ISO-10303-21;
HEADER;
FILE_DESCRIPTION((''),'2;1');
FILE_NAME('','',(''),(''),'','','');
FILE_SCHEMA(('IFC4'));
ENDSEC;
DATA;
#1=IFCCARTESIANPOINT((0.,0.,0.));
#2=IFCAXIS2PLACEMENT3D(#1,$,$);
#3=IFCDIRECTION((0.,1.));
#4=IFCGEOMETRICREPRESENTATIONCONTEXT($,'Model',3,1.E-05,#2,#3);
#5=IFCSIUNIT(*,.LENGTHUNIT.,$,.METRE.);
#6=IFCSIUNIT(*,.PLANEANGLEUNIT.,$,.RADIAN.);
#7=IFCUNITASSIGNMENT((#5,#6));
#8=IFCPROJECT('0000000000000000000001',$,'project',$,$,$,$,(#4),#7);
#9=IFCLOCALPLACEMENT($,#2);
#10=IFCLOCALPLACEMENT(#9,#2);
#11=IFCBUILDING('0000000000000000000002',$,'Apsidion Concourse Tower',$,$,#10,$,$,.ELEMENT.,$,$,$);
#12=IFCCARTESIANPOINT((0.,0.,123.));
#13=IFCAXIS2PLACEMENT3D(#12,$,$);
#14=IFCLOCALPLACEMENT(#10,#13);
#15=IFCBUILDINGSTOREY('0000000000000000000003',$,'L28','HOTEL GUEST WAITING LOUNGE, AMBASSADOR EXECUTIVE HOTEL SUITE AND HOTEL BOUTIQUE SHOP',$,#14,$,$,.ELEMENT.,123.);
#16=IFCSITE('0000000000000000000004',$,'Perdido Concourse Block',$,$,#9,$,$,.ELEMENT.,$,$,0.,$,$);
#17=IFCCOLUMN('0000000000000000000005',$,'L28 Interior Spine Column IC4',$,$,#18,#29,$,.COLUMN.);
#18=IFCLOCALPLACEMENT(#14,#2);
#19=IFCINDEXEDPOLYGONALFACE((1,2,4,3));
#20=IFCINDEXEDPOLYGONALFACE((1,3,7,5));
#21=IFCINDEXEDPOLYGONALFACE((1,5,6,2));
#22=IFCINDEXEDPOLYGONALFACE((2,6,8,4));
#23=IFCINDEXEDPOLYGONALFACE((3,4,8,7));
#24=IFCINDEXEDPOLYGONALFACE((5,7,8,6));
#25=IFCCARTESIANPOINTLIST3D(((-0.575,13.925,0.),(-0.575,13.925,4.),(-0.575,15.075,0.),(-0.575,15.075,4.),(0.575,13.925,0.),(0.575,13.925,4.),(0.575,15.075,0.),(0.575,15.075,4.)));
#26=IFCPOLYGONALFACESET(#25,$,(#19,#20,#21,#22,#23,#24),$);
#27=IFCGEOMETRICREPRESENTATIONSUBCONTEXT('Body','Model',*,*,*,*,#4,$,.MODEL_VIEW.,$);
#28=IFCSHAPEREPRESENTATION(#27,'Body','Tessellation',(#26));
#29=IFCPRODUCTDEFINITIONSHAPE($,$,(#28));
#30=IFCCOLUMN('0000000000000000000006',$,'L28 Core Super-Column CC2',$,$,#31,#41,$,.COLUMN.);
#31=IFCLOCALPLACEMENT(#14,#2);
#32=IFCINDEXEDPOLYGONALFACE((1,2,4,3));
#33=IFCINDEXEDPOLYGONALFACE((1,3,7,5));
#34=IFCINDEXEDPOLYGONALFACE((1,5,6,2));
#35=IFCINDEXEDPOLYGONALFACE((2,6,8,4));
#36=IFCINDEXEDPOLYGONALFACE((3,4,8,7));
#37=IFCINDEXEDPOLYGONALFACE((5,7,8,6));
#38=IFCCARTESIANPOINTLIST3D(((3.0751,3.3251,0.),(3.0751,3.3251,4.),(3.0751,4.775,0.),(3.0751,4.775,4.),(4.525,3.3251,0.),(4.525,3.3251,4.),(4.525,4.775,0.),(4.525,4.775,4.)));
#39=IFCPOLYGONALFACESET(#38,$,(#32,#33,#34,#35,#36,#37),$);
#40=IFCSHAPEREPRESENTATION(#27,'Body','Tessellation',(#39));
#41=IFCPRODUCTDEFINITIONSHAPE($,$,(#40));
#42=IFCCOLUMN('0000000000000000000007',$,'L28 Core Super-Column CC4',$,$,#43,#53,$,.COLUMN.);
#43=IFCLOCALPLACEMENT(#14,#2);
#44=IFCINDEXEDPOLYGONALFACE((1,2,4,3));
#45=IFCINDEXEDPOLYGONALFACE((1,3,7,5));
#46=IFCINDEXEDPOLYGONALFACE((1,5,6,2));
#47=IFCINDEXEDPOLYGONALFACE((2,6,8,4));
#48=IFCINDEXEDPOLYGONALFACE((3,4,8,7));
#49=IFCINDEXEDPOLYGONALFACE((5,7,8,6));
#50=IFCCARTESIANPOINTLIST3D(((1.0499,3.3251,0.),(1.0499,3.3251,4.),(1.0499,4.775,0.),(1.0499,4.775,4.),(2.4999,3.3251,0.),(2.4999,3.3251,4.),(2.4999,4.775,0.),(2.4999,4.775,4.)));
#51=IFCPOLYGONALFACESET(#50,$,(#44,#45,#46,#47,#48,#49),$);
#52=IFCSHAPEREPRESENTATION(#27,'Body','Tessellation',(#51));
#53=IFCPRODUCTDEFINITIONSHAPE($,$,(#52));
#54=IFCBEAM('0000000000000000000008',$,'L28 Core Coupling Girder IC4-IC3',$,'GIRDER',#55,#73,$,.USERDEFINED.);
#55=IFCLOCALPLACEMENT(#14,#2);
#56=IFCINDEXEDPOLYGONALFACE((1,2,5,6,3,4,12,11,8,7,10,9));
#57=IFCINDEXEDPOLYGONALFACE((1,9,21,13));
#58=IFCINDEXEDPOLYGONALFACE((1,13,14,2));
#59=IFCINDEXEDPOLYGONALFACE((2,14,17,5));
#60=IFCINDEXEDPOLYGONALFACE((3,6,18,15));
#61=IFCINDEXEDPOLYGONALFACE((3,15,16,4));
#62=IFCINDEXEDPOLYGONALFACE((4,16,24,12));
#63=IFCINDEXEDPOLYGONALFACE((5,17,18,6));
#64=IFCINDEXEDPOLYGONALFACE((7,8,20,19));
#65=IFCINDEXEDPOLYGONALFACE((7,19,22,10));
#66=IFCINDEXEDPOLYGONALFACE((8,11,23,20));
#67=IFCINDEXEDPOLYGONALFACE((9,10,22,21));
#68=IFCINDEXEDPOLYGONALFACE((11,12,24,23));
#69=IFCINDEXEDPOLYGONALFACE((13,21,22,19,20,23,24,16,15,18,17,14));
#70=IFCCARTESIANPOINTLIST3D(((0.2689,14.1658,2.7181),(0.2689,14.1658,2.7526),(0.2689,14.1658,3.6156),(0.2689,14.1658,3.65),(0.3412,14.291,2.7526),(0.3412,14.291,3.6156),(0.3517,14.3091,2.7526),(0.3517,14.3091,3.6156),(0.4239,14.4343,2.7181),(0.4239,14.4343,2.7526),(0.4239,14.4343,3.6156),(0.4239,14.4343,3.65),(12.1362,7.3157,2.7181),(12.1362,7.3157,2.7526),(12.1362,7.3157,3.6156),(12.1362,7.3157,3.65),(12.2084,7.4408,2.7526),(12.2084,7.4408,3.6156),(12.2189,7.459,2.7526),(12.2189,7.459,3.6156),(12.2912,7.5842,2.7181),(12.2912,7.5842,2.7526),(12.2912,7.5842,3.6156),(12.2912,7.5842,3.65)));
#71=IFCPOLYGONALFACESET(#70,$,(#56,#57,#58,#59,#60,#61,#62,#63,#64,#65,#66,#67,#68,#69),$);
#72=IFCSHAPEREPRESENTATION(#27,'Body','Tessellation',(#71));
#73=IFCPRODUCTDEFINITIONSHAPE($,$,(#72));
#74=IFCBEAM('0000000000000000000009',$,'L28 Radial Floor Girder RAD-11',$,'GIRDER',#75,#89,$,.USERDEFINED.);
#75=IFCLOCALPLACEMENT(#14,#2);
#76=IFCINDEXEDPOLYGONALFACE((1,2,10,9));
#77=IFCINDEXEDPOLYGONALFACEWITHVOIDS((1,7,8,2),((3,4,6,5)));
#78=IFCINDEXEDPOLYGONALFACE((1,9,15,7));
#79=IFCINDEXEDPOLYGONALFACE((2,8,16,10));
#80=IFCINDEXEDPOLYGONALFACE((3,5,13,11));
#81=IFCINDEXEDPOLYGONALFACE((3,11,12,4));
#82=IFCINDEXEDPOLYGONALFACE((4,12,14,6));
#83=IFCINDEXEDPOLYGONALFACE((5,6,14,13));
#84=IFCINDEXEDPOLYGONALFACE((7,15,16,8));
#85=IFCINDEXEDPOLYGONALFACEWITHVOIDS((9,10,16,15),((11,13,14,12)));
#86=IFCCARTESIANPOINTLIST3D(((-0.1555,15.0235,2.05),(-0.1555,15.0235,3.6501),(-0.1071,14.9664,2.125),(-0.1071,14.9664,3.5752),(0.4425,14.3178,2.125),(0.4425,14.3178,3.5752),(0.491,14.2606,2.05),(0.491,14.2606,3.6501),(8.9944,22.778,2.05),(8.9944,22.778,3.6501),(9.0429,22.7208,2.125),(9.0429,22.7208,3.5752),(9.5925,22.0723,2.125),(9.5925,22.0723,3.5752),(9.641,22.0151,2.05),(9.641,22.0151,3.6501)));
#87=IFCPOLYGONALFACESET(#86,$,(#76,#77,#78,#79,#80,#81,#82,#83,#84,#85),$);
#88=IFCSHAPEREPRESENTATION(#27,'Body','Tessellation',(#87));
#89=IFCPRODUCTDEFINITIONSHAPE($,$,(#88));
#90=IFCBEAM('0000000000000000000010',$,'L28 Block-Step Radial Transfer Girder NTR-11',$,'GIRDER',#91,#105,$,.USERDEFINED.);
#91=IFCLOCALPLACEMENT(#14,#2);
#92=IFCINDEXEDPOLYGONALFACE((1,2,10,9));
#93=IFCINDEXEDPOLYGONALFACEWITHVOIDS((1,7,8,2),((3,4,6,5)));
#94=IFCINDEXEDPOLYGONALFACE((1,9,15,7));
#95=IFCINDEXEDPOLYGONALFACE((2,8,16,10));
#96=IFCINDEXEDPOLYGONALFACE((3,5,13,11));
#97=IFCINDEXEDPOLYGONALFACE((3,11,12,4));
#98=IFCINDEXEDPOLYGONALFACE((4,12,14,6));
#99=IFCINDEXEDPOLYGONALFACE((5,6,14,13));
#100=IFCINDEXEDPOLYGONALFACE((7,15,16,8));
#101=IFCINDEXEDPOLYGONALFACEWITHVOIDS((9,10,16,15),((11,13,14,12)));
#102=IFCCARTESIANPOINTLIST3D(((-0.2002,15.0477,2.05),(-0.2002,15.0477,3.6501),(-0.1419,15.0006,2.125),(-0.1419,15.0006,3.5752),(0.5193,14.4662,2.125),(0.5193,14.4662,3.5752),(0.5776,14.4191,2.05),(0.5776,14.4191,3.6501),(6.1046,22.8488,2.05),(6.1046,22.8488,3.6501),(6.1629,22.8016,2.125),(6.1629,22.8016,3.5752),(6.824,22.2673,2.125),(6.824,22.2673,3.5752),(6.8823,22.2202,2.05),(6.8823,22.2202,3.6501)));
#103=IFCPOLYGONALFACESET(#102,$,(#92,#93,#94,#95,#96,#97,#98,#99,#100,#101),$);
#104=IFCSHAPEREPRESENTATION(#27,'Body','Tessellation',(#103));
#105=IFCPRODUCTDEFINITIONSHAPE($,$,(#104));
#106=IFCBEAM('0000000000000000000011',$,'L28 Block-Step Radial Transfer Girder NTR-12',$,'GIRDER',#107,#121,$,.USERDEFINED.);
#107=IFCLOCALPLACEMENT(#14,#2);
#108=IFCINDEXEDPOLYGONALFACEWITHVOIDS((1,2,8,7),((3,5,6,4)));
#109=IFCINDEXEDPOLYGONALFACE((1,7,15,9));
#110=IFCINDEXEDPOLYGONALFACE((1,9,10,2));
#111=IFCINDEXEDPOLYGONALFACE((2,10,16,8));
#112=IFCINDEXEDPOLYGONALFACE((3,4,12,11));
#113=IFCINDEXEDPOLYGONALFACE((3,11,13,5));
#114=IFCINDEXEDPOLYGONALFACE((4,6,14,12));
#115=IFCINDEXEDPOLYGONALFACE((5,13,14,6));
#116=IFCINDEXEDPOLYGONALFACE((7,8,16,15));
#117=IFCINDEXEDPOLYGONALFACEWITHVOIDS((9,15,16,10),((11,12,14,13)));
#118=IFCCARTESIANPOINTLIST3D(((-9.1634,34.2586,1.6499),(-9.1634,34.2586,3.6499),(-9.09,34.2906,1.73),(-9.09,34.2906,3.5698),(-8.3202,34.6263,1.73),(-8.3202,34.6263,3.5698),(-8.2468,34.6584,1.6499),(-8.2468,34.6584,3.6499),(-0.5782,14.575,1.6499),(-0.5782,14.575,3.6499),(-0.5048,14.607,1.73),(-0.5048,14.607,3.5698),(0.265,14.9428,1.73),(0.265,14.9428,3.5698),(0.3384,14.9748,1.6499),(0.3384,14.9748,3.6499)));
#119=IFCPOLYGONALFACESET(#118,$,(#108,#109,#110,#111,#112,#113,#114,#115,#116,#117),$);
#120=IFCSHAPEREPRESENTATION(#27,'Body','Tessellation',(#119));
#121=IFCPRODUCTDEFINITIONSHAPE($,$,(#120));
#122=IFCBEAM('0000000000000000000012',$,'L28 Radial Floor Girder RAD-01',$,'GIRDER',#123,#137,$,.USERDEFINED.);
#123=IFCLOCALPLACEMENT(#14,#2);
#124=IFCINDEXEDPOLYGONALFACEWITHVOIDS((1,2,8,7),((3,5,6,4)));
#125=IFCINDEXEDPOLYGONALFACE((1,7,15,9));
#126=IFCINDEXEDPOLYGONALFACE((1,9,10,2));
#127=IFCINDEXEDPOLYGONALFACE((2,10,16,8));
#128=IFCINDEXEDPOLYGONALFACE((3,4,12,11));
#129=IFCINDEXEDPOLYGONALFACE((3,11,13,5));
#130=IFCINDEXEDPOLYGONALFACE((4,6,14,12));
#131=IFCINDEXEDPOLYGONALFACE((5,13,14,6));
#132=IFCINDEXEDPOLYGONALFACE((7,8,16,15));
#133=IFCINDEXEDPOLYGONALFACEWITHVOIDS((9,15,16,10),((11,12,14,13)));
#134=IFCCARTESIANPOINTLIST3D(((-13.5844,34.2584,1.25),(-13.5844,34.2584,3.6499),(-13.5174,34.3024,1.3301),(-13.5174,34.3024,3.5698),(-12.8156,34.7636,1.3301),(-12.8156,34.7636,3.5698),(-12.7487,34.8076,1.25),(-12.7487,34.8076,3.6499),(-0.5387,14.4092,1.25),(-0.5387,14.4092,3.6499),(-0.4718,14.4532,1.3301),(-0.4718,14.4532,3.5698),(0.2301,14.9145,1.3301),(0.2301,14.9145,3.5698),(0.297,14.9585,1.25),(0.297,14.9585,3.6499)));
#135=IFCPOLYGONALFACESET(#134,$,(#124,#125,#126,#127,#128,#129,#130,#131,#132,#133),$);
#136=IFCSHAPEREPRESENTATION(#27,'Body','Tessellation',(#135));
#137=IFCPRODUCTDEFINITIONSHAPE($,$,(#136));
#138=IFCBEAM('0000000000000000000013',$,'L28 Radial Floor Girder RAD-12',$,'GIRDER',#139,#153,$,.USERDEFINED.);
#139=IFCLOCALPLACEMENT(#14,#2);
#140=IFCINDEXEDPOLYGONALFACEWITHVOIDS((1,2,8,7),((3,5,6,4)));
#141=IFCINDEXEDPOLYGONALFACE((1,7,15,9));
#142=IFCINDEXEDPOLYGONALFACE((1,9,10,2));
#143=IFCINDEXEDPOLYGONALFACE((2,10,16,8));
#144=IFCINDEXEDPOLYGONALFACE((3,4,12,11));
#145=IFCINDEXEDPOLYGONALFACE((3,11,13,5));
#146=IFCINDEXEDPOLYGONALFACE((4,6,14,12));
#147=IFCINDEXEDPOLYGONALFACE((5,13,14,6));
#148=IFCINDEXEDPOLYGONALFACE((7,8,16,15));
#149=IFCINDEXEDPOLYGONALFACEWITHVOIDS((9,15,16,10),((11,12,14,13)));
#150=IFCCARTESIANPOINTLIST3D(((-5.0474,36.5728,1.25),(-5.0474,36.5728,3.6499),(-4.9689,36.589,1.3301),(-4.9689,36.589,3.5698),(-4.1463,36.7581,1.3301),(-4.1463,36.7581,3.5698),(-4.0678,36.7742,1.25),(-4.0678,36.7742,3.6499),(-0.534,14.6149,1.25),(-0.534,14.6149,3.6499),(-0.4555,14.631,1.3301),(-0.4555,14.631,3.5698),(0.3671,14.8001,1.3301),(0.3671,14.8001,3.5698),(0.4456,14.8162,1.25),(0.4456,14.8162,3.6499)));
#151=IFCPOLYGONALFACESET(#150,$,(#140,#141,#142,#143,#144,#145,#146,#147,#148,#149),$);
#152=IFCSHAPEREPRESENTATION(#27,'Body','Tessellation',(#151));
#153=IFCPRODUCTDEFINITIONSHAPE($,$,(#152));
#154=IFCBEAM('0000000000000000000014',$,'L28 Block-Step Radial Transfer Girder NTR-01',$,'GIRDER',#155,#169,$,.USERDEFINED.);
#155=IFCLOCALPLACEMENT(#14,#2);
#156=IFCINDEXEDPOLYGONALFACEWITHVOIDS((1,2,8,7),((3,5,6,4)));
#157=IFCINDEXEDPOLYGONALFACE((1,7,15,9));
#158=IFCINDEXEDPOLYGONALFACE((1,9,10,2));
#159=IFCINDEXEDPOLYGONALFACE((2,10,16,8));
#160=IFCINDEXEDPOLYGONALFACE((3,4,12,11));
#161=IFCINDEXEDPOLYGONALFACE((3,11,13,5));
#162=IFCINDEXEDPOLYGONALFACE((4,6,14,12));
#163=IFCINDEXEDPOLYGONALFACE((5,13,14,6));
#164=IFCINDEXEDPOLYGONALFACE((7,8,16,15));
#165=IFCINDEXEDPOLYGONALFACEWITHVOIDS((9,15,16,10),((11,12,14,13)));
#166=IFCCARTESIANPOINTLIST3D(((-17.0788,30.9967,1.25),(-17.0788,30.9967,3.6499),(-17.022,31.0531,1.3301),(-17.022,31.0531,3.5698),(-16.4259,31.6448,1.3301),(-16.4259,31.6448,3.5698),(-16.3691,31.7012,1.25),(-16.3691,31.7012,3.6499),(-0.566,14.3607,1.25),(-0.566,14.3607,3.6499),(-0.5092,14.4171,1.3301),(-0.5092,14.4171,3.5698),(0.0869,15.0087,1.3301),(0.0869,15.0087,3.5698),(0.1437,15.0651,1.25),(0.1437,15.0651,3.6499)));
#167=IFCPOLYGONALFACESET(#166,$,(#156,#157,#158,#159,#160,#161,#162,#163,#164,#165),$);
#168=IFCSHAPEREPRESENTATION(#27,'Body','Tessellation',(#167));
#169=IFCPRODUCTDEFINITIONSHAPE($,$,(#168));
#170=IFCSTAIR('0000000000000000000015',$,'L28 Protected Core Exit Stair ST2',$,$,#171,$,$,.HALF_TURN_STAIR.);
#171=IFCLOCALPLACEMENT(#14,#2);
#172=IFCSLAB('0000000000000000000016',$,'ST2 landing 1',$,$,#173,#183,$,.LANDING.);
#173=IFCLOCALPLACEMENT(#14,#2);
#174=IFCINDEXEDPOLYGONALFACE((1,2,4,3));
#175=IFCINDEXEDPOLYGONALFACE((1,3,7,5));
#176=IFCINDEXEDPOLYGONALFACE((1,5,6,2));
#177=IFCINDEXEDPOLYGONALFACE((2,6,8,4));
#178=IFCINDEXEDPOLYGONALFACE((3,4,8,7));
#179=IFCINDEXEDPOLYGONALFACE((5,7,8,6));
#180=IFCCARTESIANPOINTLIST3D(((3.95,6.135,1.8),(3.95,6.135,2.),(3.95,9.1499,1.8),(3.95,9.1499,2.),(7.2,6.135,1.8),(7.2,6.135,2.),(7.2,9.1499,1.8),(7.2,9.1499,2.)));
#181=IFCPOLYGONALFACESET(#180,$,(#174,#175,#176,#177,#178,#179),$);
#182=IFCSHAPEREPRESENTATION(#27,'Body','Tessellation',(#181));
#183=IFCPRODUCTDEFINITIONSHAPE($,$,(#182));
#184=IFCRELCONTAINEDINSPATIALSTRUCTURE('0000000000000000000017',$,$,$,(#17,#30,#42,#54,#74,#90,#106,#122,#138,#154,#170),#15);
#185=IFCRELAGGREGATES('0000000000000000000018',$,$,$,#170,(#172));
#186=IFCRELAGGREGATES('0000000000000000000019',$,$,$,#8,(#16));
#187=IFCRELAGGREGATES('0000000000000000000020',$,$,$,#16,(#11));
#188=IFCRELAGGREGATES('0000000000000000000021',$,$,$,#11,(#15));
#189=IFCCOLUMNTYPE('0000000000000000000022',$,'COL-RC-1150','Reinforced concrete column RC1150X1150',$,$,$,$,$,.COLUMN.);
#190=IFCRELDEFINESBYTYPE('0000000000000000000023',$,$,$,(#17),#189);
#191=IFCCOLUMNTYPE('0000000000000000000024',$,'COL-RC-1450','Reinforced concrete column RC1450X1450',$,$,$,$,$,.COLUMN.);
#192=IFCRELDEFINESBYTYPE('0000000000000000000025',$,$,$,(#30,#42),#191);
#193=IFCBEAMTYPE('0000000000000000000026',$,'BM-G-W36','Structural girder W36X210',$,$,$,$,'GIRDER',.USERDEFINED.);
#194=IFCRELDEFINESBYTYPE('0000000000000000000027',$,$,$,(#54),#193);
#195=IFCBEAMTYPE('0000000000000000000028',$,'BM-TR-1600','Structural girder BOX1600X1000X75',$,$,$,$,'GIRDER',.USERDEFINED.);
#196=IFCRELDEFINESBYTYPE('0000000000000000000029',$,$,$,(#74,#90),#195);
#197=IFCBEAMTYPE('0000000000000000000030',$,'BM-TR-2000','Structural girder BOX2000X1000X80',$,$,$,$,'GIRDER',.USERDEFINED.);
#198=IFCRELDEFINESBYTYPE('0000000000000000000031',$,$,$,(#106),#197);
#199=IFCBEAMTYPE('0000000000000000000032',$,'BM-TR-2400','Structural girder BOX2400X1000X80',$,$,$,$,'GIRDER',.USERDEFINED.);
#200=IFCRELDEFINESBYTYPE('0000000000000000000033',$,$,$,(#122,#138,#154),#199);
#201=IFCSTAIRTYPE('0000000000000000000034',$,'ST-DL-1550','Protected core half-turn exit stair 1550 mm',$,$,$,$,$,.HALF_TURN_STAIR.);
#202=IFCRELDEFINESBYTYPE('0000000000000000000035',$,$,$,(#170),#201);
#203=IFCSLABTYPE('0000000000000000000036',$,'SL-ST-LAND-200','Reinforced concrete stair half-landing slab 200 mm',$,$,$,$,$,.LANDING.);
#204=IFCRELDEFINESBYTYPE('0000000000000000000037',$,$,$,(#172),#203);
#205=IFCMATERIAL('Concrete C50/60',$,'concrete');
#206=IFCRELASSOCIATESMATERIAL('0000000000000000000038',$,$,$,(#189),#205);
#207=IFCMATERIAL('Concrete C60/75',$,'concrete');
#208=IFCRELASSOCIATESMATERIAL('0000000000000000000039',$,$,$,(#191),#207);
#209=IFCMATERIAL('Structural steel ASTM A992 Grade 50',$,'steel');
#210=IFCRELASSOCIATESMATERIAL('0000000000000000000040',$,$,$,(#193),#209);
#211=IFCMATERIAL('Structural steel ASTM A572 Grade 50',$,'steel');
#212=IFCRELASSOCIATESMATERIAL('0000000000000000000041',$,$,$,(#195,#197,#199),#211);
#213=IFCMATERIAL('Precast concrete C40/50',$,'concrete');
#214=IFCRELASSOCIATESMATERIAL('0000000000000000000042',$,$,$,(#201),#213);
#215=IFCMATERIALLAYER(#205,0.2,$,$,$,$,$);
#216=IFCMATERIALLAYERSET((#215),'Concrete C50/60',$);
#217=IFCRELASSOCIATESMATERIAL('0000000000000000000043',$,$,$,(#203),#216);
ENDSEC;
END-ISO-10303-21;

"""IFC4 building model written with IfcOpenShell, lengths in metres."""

from ifc_helpers import new_model, si_unit, direction, frame, origin, origin_2d, place, context, subcontext, project, spatial, polyline, rectangle, hollow_rectangle, i_section, outline, extrude, material, layer, layer_set, material_profile, profile_set, type_object, element, aggregate, save


model = new_model("IFC4")

# Units and contexts
model_context = context("Model", 3, precision=1e-05, world=origin(), true_north=direction((0.0, 1.0)))
body_context = subcontext(model_context, "Body", "Model", "MODEL_VIEW")
ifc_project = project(units=[si_unit("LENGTHUNIT", "METRE"), si_unit("PLANEANGLEUNIT", "RADIAN")], contexts=[model_context])

# Site, building, storey
site_placement = place(None, origin())
site = spatial("IfcSite", under=ifc_project, at=site_placement, Name="Perdido Concourse Block", CompositionType="ELEMENT", RefElevation=0.0)
building_placement = place(site_placement, origin())
building = spatial("IfcBuilding", under=site, at=building_placement, Name="Apsidion Concourse Tower", CompositionType="ELEMENT")
storey_placement = place(building_placement, frame((0.0, 0.0, 123.0)))
storey = spatial("IfcBuildingStorey", under=building, at=storey_placement, Name="L28", Description="HOTEL GUEST WAITING LOUNGE, AMBASSADOR EXECUTIVE HOTEL SUITE AND HOTEL BOUTIQUE SHOP", CompositionType="ELEMENT", Elevation=123.0)

# Columns
ifc_material_1 = material(Name="Concrete C50/60", Category="concrete")
ifc_material_profile_1 = material_profile(ifc_material_1, rectangle(XDim=1.1499, YDim=1.1499, at=origin_2d()), Name="RC 1150x1150")
ifc_profile_set_1 = profile_set([ifc_material_profile_1], Name="Concrete C50/60")
column_type_1 = type_object("IfcColumnType", Name="COL-RC-1150", Description="Reinforced concrete column RC1150X1150", PredefinedType="COLUMN", material=ifc_profile_set_1)
column_placement = place(storey_placement, frame((0.0, 14.5, 0.0), z_axis=(0.0, 0.0, 1.0), x_axis=(1.0, 0.0, 0.0)))
element("IfcColumn", 1, at=column_placement, inside=storey, type_object=column_type_1, Name="L28 Interior Spine Column IC4", PredefinedType="COLUMN", context=body_context, shape_type="SweptSolid", body=[
    extrude(rectangle(XDim=1.1499, YDim=1.1499, at=origin_2d()), origin(), (0.0, 0.0, 1.0), 4.0),
])
ifc_material_2 = material(Name="Concrete C60/75", Category="concrete")
ifc_material_profile_2 = material_profile(ifc_material_2, rectangle(XDim=1.45, YDim=1.45, at=origin_2d()), Name="RC 1450x1450")
ifc_profile_set_2 = profile_set([ifc_material_profile_2], Name="Concrete C60/75")
column_type_2 = type_object("IfcColumnType", Name="COL-RC-1450", Description="Reinforced concrete column RC1450X1450", PredefinedType="COLUMN", material=ifc_profile_set_2)
for number, where, z_axis, x_axis, name in (
    (2, (3.8, 4.05, 0.0), (0.0, 0.0, 1.0), (1.0, 0.0, 0.0), "L28 Core Super-Column CC2"),
    (3, (1.7749, 4.05, 0.0), (0.0, 0.0, 1.0), (1.0, 0.0, 0.0), "L28 Core Super-Column CC4"),
):
    element("IfcColumn", number, at=place(storey_placement, frame(where, z_axis=z_axis, x_axis=x_axis)), inside=storey, type_object=column_type_2, Name=name, PredefinedType="COLUMN", context=body_context, shape_type="SweptSolid", body=[
        extrude(rectangle(XDim=1.45, YDim=1.45, at=origin_2d()), origin(), (0.0, 0.0, 1.0), 4.0),
    ])

# Beams
ifc_material_3 = material(Name="Structural steel ASTM A992 Grade 50", Category="steel")
ifc_material_profile_3 = material_profile(ifc_material_3, i_section(OverallWidth=0.3101, OverallDepth=0.9319, WebThickness=0.021, FlangeThickness=0.0344, at=origin_2d()), Name="W36X210")
ifc_profile_set_3 = profile_set([ifc_material_profile_3], Name="Structural steel ASTM A992 Grade 50")
beam_type_1 = type_object("IfcBeamType", Name="BM-G-W36", Description="Structural girder W36X210", ElementType="GIRDER", PredefinedType="USERDEFINED", material=ifc_profile_set_3)
beam_1_placement = place(storey_placement, frame((0.3464, 14.3, 3.1841), z_axis=(0.86607, -0.499922, 0.0), x_axis=(0.499922, 0.86607, 0.0)))
element("IfcBeam", 4, at=beam_1_placement, inside=storey, type_object=beam_type_1, Name="L28 Core Coupling Girder IC4-IC3", ObjectType="GIRDER", PredefinedType="USERDEFINED", context=body_context, shape_type="SweptSolid", body=[
    extrude(i_section(OverallWidth=0.3101, OverallDepth=0.9319, WebThickness=0.021, FlangeThickness=0.0344, at=origin_2d()), origin(), (0.0, 0.0, 1.0), 13.7024),
])
ifc_material_4 = material(Name="Structural steel ASTM A572 Grade 50", Category="steel")
ifc_material_profile_4 = material_profile(ifc_material_4, hollow_rectangle(XDim=1.0, YDim=1.6001, WallThickness=0.075, at=origin_2d()), Name="BOX1600X1000X75")
ifc_profile_set_4 = profile_set([ifc_material_profile_4], Name="Structural steel ASTM A572 Grade 50")
beam_type_2 = type_object("IfcBeamType", Name="BM-TR-1600", Description="Structural girder BOX1600X1000X75", ElementType="GIRDER", PredefinedType="USERDEFINED", material=ifc_profile_set_4)
beam_2_placement = place(storey_placement, frame((0.1677, 14.6421, 2.8501), z_axis=(0.762886, 0.646533, 0.0), x_axis=(-0.646533, 0.762886, 0.0)))
element("IfcBeam", 5, at=beam_2_placement, inside=storey, type_object=beam_type_2, Name="L28 Radial Floor Girder RAD-11", ObjectType="GIRDER", PredefinedType="USERDEFINED", context=body_context, shape_type="SweptSolid", body=[
    extrude(hollow_rectangle(XDim=1.0, YDim=1.6001, WallThickness=0.075, at=origin_2d()), origin(), (0.0, 0.0, 1.0), 11.9939),
])
beam_3_placement = place(storey_placement, frame((0.1887, 14.7334, 2.8501), z_axis=(0.62857, 0.777753, 0.0), x_axis=(-0.777753, 0.62857, 0.0)))
element("IfcBeam", 6, at=beam_3_placement, inside=storey, type_object=beam_type_2, Name="L28 Block-Step Radial Transfer Girder NTR-11", ObjectType="GIRDER", PredefinedType="USERDEFINED", context=body_context, shape_type="SweptSolid", body=[
    extrude(hollow_rectangle(XDim=1.0, YDim=1.6001, WallThickness=0.075, at=origin_2d()), origin(), (0.0, 0.0, 1.0), 10.0303),
])
ifc_material_profile_5 = material_profile(ifc_material_4, hollow_rectangle(XDim=1.0, YDim=2.0, WallThickness=0.0801, at=origin_2d()), Name="BOX2000X1000X80")
ifc_profile_set_5 = profile_set([ifc_material_profile_5], Name="Structural steel ASTM A572 Grade 50")
beam_type_3 = type_object("IfcBeamType", Name="BM-TR-2000", Description="Structural girder BOX2000X1000X80", ElementType="GIRDER", PredefinedType="USERDEFINED", material=ifc_profile_set_5)
beam_4_placement = place(storey_placement, frame((-0.1199, 14.7749, 2.6499), z_axis=(-0.399788, 0.916608, 0.0), x_axis=(-0.916608, -0.399788, 0.0)))
element("IfcBeam", 7, at=beam_4_placement, inside=storey, type_object=beam_type_3, Name="L28 Block-Step Radial Transfer Girder NTR-12", ObjectType="GIRDER", PredefinedType="USERDEFINED", context=body_context, shape_type="SweptSolid", body=[
    extrude(hollow_rectangle(XDim=1.0, YDim=2.0, WallThickness=0.0801, at=origin_2d()), origin(), (0.0, 0.0, 1.0), 21.4744),
])
ifc_material_profile_6 = material_profile(ifc_material_4, hollow_rectangle(XDim=1.0, YDim=2.3999, WallThickness=0.0801, at=origin_2d()), Name="BOX2400X1000X80")
ifc_profile_set_6 = profile_set([ifc_material_profile_6], Name="Structural steel ASTM A572 Grade 50")
beam_type_4 = type_object("IfcBeamType", Name="BM-TR-2400", Description="Structural girder BOX2400X1000X80", ElementType="GIRDER", PredefinedType="USERDEFINED", material=ifc_profile_set_6)
beam_5_placement = place(storey_placement, frame((-0.1208, 14.6838, 2.45), z_axis=(-0.549235, 0.835668, 0.0), x_axis=(-0.835668, -0.549235, 0.0)))
element("IfcBeam", 8, at=beam_5_placement, inside=storey, type_object=beam_type_4, Name="L28 Radial Floor Girder RAD-01", ObjectType="GIRDER", PredefinedType="USERDEFINED", context=body_context, shape_type="SweptSolid", body=[
    extrude(hollow_rectangle(XDim=1.0, YDim=2.3999, WallThickness=0.0801, at=origin_2d()), origin(), (0.0, 0.0, 1.0), 23.7524),
])
beam_6_placement = place(storey_placement, frame((-0.0442, 14.7156, 2.45), z_axis=(-0.201339, 0.979522, 0.0), x_axis=(-0.979522, -0.201339, 0.0)))
element("IfcBeam", 9, at=beam_6_placement, inside=storey, type_object=beam_type_4, Name="L28 Radial Floor Girder RAD-12", ObjectType="GIRDER", PredefinedType="USERDEFINED", context=body_context, shape_type="SweptSolid", body=[
    extrude(hollow_rectangle(XDim=1.0, YDim=2.3999, WallThickness=0.0801, at=origin_2d()), origin(), (0.0, 0.0, 1.0), 22.417),
])
beam_7_placement = place(storey_placement, frame((-0.2112, 14.7129, 2.45), z_axis=(-0.704472, 0.709732, 0.0), x_axis=(-0.709732, -0.704472, 0.0)))
element("IfcBeam", 10, at=beam_7_placement, inside=storey, type_object=beam_type_4, Name="L28 Block-Step Radial Transfer Girder NTR-01", ObjectType="GIRDER", PredefinedType="USERDEFINED", context=body_context, shape_type="SweptSolid", body=[
    extrude(hollow_rectangle(XDim=1.0, YDim=2.3999, WallThickness=0.0801, at=origin_2d()), origin(), (0.0, 0.0, 1.0), 23.4399),
])

# Stair, slab
ifc_material_5 = material(Name="Precast concrete C40/50", Category="concrete")
stair_type = type_object("IfcStairType", Name="ST-DL-1550", Description="Protected core half-turn exit stair 1550 mm", PredefinedType="HALF_TURN_STAIR", material=ifc_material_5)
stair_1_placement = place(storey_placement, origin())
stair_1 = element("IfcStair", 11, at=stair_1_placement, inside=storey, type_object=stair_type, Name="L28 Protected Core Exit Stair ST2", PredefinedType="HALF_TURN_STAIR")
ifc_layer_1 = layer(ifc_material_1, 0.2)
ifc_layer_set_1 = layer_set([ifc_layer_1], Name="Concrete C50/60")
slab_type = type_object("IfcSlabType", Name="SL-ST-LAND-200", Description="Reinforced concrete stair half-landing slab 200 mm", PredefinedType="LANDING", material=ifc_layer_set_1)
slab_1_placement = place(storey_placement, frame((0.0, 0.0, 1.8)))
slab_1 = element("IfcSlab", 12, at=slab_1_placement, type_object=slab_type, Name="ST2 landing 1", PredefinedType="LANDING", context=body_context, shape_type="SweptSolid", body=[
    extrude(outline(polyline([(7.2, 6.135), (7.2, 9.1499), (3.95, 9.1499), (3.95, 6.135), (7.2, 6.135)])), origin(), (0.0, 0.0, 1.0), 0.2),
])

aggregate(stair_1, [slab_1])

save(model, "model.ifc")
